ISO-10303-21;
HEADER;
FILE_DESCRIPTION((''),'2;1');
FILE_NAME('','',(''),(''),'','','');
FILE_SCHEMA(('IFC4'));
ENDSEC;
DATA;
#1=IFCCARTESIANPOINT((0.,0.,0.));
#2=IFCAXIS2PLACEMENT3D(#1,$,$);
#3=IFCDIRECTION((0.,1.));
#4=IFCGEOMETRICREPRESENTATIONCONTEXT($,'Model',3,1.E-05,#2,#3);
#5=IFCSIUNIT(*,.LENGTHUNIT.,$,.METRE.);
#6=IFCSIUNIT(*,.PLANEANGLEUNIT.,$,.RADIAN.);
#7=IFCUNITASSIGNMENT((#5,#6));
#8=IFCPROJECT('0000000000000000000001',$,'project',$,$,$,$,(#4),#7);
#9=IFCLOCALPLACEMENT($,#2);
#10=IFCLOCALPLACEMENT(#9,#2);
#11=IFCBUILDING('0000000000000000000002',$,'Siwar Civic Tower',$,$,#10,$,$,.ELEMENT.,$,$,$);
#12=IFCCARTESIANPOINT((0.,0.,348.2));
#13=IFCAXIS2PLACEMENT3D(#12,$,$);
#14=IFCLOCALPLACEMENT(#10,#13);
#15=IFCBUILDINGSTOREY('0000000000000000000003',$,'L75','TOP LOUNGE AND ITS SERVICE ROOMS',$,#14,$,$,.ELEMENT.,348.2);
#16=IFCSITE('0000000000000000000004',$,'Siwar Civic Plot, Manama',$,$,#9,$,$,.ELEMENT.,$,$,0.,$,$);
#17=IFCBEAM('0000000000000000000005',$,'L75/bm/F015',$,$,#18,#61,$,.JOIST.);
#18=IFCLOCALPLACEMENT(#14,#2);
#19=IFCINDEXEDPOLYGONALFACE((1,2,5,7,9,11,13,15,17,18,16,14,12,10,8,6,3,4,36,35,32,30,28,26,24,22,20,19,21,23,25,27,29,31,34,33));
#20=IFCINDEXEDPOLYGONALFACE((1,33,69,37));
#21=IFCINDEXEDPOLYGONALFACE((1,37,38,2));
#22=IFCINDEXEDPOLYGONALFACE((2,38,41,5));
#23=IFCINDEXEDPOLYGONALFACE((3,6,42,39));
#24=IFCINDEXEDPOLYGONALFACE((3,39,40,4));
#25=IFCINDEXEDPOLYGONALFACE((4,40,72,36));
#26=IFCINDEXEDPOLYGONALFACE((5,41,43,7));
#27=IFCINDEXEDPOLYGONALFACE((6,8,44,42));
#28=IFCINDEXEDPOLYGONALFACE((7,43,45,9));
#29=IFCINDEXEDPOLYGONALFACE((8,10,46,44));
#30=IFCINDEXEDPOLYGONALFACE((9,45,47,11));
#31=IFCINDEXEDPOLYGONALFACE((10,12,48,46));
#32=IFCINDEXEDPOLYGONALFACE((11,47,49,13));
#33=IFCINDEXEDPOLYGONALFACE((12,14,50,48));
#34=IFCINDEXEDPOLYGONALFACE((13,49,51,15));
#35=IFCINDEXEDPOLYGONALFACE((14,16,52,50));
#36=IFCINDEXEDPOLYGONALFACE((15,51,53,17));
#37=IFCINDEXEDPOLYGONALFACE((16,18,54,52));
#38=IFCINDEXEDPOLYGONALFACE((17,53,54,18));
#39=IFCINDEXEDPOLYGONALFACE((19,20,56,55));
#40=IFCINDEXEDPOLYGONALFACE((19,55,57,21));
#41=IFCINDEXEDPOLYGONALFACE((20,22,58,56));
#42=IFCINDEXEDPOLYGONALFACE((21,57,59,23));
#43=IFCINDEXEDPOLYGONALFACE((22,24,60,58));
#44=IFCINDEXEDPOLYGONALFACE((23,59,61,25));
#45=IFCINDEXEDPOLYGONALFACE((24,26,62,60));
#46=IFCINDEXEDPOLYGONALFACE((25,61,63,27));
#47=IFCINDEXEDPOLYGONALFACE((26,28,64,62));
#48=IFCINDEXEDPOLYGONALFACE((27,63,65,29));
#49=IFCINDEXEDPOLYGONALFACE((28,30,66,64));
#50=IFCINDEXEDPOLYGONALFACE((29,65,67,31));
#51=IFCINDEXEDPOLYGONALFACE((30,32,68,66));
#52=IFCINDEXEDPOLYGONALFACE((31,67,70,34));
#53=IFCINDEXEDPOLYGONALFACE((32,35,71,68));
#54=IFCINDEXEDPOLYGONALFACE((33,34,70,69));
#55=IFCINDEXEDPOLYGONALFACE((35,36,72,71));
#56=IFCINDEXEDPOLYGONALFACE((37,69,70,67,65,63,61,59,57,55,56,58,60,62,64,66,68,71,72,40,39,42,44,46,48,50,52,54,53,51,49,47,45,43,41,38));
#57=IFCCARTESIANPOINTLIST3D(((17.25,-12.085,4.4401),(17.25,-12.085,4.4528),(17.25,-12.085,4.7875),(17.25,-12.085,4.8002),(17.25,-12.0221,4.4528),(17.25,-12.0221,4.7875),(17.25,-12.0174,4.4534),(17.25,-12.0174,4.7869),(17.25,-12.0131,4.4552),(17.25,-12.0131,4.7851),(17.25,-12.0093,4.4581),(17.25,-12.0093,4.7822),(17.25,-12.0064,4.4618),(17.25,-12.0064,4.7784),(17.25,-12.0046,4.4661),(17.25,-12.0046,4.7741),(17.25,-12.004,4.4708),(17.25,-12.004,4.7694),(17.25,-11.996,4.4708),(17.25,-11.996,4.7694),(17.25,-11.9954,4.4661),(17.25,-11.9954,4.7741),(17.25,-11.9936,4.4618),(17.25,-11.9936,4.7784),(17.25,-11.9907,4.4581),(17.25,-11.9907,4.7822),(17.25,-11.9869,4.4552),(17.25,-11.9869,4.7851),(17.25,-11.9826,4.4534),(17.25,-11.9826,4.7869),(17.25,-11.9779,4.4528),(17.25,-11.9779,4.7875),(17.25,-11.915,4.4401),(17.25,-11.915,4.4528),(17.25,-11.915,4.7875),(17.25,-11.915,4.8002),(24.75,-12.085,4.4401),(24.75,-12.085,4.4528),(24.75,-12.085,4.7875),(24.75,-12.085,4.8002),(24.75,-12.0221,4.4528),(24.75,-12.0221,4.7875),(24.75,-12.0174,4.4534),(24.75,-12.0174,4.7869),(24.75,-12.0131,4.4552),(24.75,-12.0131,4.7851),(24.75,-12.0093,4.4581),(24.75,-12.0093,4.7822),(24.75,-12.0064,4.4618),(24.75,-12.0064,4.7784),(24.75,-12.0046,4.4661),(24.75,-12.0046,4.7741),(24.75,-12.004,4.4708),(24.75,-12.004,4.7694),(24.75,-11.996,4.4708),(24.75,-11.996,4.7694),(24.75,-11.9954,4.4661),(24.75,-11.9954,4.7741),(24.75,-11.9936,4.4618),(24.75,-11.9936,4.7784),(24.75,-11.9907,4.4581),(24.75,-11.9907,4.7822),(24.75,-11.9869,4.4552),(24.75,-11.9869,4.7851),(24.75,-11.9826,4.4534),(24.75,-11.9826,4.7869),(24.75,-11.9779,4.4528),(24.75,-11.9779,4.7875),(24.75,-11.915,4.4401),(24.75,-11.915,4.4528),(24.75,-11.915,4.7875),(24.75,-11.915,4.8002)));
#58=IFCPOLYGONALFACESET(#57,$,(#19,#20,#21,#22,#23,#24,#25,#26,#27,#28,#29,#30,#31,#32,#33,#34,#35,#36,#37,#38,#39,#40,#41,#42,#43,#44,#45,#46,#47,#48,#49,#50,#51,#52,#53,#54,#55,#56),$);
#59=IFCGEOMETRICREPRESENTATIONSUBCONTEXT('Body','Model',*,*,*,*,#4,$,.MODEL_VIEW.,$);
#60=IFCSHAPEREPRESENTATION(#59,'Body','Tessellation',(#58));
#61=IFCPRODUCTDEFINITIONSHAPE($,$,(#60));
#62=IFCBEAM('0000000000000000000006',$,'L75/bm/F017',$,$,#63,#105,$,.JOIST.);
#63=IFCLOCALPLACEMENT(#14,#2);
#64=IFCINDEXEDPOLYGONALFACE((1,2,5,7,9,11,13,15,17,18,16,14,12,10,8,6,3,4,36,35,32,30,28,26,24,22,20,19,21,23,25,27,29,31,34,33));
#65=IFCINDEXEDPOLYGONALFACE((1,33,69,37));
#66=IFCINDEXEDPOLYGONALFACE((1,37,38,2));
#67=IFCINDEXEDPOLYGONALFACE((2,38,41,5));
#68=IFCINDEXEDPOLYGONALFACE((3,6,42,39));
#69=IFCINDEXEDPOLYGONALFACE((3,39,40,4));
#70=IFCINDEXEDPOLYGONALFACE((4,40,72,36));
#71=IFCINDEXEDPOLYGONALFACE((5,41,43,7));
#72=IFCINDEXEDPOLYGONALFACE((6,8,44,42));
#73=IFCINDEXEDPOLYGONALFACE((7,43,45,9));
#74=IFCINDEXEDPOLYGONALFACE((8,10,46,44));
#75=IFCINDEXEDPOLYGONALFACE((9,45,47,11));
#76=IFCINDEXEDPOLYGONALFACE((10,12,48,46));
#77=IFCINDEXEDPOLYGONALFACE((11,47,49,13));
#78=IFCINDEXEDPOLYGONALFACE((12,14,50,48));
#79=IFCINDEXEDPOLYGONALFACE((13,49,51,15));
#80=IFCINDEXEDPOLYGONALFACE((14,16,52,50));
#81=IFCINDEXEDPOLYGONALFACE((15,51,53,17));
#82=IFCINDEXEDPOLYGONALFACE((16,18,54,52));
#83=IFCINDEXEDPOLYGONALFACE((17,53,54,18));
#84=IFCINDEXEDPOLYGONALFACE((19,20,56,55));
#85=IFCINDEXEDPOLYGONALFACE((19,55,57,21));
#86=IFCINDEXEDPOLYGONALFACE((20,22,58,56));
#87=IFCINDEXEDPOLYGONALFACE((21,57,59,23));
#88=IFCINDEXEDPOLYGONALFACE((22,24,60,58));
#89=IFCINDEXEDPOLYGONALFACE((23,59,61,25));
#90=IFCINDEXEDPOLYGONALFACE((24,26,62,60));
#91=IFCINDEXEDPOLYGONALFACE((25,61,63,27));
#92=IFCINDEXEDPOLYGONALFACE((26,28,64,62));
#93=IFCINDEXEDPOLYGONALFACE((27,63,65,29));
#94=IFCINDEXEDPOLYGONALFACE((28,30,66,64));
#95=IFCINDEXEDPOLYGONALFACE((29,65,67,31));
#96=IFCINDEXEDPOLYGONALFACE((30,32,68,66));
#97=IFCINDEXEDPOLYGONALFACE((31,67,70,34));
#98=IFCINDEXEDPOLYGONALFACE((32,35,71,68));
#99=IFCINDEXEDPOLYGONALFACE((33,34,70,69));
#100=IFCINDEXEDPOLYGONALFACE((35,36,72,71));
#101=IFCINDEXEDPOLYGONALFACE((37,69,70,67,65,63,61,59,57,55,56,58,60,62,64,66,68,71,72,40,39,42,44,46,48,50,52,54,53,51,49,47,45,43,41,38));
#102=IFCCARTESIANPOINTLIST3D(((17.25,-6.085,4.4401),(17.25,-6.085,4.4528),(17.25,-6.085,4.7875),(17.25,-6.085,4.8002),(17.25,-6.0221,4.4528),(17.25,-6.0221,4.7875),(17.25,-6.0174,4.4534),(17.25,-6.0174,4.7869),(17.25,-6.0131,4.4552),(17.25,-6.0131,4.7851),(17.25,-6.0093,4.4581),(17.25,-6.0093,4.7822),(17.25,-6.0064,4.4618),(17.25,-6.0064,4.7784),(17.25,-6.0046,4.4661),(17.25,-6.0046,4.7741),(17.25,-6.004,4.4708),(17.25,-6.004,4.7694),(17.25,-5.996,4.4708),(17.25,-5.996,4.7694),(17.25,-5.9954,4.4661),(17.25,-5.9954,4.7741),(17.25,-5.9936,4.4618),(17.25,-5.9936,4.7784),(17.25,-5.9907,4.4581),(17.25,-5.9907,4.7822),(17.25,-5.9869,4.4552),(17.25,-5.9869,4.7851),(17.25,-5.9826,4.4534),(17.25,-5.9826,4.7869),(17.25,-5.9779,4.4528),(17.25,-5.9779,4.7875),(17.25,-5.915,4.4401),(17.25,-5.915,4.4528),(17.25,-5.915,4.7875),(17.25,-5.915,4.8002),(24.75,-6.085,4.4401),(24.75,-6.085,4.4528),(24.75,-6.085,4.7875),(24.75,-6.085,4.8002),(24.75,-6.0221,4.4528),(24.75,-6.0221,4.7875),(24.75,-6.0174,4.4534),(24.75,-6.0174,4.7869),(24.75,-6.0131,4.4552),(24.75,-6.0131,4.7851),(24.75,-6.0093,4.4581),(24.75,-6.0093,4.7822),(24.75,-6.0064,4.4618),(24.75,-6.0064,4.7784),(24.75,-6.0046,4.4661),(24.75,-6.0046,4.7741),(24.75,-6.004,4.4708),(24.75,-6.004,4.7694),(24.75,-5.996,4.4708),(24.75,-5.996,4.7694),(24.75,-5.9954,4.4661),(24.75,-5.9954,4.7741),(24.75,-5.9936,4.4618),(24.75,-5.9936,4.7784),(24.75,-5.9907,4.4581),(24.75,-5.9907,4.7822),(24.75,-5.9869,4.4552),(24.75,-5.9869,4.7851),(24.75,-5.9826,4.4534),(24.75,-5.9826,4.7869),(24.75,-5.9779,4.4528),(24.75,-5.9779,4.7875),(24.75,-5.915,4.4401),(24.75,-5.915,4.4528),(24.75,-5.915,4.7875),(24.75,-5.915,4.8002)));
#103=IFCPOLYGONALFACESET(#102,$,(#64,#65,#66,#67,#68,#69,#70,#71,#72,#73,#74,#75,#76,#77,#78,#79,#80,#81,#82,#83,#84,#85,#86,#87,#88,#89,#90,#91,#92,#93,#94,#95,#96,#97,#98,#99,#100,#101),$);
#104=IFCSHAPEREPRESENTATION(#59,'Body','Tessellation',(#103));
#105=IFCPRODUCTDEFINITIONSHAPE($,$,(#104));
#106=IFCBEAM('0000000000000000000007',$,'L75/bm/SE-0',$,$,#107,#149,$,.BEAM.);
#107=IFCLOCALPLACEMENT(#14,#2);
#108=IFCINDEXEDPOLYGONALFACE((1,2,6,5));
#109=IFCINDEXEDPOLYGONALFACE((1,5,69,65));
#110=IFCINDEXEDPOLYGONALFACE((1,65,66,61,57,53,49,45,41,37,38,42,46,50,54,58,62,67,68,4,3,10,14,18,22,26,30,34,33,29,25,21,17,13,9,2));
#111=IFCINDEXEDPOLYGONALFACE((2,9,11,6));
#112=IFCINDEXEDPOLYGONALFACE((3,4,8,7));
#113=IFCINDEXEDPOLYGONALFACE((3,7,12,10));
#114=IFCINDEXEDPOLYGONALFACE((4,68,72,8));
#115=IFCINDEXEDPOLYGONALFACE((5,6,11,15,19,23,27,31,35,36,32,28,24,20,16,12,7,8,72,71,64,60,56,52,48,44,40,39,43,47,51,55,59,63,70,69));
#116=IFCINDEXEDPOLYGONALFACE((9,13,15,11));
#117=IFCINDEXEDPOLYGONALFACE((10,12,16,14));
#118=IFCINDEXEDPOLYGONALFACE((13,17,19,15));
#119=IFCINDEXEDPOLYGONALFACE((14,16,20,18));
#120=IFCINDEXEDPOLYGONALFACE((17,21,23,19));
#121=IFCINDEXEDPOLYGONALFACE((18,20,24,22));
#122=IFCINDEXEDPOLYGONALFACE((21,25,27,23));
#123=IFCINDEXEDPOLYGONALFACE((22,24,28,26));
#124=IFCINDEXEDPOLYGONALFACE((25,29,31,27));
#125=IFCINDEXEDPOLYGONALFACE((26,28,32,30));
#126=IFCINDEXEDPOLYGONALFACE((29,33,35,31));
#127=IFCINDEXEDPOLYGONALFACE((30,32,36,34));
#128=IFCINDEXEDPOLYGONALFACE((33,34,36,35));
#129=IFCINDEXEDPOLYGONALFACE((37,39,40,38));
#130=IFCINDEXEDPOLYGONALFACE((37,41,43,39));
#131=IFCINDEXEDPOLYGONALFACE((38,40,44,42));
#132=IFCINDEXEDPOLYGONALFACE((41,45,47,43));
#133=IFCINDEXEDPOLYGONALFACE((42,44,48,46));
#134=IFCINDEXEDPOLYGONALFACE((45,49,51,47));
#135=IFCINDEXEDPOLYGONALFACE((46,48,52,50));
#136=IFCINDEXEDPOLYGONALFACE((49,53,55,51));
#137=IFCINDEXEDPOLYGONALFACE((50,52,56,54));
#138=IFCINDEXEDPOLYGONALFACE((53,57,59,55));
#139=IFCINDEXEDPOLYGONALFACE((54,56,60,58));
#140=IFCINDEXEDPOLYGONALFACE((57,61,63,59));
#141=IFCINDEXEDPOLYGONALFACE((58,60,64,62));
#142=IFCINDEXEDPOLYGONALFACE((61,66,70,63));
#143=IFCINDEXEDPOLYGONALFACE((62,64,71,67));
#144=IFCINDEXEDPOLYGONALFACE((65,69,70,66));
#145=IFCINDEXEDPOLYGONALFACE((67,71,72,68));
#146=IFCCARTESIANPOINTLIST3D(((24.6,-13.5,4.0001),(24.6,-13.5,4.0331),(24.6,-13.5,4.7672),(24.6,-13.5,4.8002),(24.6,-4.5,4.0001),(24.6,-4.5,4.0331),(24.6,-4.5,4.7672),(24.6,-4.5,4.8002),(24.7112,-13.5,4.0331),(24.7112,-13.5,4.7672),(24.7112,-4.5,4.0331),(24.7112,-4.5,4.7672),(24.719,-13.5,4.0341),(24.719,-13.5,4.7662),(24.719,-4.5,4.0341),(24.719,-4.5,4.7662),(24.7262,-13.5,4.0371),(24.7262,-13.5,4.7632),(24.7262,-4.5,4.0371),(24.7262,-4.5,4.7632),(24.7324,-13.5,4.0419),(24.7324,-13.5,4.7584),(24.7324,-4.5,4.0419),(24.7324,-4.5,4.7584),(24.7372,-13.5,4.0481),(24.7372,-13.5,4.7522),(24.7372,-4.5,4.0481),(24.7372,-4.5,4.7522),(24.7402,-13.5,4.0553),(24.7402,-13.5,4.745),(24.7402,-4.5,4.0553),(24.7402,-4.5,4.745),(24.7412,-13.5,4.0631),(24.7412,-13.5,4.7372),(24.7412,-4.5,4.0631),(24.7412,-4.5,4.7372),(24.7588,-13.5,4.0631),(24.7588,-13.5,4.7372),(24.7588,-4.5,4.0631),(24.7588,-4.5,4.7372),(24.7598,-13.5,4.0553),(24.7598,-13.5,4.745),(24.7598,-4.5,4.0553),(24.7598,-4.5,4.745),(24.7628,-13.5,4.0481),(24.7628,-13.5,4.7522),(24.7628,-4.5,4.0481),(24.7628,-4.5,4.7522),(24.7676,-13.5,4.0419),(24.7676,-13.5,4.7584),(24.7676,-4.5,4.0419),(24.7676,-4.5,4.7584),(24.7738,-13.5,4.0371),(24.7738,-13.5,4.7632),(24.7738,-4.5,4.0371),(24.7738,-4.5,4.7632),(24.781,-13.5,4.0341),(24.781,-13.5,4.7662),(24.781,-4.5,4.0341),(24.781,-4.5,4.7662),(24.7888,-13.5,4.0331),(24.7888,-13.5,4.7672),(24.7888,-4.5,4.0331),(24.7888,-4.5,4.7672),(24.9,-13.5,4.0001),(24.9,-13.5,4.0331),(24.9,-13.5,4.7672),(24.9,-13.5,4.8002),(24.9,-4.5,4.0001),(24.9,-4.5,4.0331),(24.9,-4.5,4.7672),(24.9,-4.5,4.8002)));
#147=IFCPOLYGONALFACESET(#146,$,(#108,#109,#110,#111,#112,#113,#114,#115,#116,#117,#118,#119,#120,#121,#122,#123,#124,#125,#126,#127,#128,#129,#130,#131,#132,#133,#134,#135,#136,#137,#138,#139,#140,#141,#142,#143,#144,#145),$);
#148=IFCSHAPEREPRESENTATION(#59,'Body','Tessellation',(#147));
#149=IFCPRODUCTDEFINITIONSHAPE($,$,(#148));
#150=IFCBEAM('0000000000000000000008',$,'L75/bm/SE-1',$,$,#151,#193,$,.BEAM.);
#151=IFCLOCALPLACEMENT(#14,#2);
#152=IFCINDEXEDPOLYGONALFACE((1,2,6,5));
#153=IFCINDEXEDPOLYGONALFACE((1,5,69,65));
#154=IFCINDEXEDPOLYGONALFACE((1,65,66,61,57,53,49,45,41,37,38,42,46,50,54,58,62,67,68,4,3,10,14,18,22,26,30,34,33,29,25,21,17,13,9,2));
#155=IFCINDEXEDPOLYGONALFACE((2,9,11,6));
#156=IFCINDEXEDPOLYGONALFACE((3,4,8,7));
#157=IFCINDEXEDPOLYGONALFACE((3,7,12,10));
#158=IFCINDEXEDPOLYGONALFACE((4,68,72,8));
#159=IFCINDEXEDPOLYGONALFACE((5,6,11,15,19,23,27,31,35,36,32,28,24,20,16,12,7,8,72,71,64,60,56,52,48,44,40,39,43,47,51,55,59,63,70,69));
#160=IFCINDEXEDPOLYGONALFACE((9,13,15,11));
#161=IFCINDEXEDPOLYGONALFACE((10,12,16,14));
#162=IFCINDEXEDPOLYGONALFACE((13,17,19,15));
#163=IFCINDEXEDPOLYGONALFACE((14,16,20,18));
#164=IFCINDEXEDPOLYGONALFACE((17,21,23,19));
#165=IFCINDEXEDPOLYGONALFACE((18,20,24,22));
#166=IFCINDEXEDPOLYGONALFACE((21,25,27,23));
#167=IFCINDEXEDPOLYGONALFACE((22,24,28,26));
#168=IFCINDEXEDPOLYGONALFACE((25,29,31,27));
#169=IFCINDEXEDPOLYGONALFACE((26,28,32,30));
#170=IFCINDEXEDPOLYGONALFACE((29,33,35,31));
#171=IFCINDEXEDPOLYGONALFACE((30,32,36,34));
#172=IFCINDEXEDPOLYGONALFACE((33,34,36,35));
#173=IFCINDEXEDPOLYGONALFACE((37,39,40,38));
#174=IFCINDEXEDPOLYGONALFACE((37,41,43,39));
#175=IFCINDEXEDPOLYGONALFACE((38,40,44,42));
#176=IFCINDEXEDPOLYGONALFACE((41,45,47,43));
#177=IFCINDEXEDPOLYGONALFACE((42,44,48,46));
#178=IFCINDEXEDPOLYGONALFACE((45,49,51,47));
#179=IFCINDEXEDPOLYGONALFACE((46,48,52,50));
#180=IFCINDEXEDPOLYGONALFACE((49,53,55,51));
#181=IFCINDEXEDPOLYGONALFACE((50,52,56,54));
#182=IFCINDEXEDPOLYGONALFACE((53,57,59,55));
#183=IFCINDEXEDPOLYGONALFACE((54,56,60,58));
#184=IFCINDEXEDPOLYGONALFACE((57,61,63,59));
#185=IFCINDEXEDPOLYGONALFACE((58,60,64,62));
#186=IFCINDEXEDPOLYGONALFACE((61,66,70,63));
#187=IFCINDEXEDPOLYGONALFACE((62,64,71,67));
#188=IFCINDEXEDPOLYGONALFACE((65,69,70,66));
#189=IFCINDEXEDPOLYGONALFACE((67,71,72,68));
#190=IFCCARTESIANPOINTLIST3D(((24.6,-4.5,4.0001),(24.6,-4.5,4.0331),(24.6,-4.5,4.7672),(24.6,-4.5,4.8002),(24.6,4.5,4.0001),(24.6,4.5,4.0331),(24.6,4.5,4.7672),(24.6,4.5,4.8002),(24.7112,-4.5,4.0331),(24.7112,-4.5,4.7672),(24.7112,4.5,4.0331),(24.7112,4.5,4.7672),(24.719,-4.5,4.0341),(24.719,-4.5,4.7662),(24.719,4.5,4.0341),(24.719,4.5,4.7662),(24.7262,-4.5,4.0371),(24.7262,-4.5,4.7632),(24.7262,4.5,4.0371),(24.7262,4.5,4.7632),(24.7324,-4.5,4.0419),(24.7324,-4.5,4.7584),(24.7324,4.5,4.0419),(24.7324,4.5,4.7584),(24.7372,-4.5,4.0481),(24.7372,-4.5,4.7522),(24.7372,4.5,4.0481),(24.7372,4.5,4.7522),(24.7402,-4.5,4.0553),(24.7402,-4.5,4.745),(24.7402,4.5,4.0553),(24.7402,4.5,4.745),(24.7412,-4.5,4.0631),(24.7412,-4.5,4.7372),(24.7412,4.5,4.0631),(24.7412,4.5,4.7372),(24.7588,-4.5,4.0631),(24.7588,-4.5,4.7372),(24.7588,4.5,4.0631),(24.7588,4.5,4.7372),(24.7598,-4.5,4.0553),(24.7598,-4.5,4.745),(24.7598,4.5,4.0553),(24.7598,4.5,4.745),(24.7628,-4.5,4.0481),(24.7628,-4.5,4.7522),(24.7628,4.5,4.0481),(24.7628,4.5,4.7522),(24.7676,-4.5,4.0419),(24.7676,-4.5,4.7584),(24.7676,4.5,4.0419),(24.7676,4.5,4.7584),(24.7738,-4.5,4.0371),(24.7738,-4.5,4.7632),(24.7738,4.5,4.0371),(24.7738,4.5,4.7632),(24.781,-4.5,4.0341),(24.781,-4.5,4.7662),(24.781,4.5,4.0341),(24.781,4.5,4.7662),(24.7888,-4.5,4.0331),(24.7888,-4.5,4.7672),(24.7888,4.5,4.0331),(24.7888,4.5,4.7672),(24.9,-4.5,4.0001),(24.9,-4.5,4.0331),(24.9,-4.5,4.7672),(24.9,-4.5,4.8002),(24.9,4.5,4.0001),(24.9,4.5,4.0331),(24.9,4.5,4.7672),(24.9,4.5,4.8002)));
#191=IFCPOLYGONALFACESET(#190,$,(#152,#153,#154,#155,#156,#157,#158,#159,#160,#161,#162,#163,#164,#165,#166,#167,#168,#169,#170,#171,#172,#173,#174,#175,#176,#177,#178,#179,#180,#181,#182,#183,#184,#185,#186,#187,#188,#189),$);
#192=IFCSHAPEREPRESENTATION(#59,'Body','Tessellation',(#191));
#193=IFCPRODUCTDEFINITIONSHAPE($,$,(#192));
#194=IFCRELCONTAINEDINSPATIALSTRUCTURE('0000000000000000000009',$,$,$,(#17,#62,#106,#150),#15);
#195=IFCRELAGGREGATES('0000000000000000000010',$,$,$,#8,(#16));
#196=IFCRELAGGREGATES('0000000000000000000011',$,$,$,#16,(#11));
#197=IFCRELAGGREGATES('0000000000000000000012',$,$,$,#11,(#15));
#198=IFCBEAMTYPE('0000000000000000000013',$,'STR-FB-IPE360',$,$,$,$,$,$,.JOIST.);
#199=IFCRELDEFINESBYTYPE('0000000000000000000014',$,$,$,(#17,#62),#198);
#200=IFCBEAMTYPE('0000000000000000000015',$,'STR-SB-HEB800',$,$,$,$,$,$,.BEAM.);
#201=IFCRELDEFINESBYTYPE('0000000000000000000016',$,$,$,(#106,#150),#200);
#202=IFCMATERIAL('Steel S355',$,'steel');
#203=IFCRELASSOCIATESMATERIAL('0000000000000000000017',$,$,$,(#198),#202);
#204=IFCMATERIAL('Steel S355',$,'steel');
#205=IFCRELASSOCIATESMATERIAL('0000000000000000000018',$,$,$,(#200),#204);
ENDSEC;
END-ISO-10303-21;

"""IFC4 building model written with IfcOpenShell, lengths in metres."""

from ifc_helpers import new_model, si_unit, direction, frame, origin, origin_2d, place, context, subcontext, project, spatial, i_section, extrude, material, material_profile, profile_set, type_object, element, save


model = new_model("IFC4")

# Units and contexts
model_context = context("Model", 3, precision=1e-05, world=origin(), true_north=direction((0.0, 1.0)))
body_context = subcontext(model_context, "Body", "Model", "MODEL_VIEW")
ifc_project = project(units=[si_unit("LENGTHUNIT", "METRE"), si_unit("PLANEANGLEUNIT", "RADIAN")], contexts=[model_context])

# Site, building, storey
site_placement = place(None, origin())
site = spatial("IfcSite", under=ifc_project, at=site_placement, Name="Siwar Civic Plot, Manama", CompositionType="ELEMENT", RefElevation=0.0)
building_placement = place(site_placement, origin())
building = spatial("IfcBuilding", under=site, at=building_placement, Name="Siwar Civic Tower", CompositionType="ELEMENT")
storey_placement = place(building_placement, frame((0.0, 0.0, 348.2)))
storey = spatial("IfcBuildingStorey", under=building, at=storey_placement, Name="L75", Description="TOP LOUNGE AND ITS SERVICE ROOMS", CompositionType="ELEMENT", Elevation=348.2)

# Beams
ifc_material_1 = material(Name="Steel S355", Category="steel")
ifc_material_profile_1 = material_profile(ifc_material_1, i_section(OverallWidth=0.1699, OverallDepth=0.3601, WebThickness=0.0081, FlangeThickness=0.0127, FilletRadius=0.0181, at=origin_2d()), Name="IPE360")
ifc_profile_set_1 = profile_set([ifc_material_profile_1], Name="Steel S355")
beam_type_1 = type_object("IfcBeamType", Name="STR-FB-IPE360", PredefinedType="JOIST", material=ifc_profile_set_1)
for number, where, z_axis, x_axis, name in (
    (1, (17.25, -12.0, 4.6201), (1.0, 0.0, 0.0), (0.0, 1.0, 0.0), "L75/bm/F015"),
    (2, (17.25, -6.0, 4.6201), (1.0, 0.0, 0.0), (0.0, 1.0, 0.0), "L75/bm/F017"),
):
    element("IfcBeam", number, at=place(storey_placement, frame(where, z_axis=z_axis, x_axis=x_axis)), inside=storey, type_object=beam_type_1, Name=name, PredefinedType="JOIST", context=body_context, shape_type="SweptSolid", body=[
        extrude(i_section(OverallWidth=0.1699, OverallDepth=0.3601, WebThickness=0.0081, FlangeThickness=0.0127, FilletRadius=0.0181, at=origin_2d()), origin(), (0.0, 0.0, 1.0), 7.5),
    ])
ifc_material_2 = material(Name="Steel S355", Category="steel")
ifc_material_profile_2 = material_profile(ifc_material_2, i_section(OverallWidth=0.3, OverallDepth=0.8, WebThickness=0.0176, FlangeThickness=0.033, FilletRadius=0.03, at=origin_2d()), Name="HEB800")
ifc_profile_set_2 = profile_set([ifc_material_profile_2], Name="Steel S355")
beam_type_2 = type_object("IfcBeamType", Name="STR-SB-HEB800", PredefinedType="BEAM", material=ifc_profile_set_2)
for number, where, z_axis, x_axis, name in (
    (3, (24.75, -13.5, 4.4001), (0.0, 1.0, 0.0), (-1.0, 0.0, 0.0), "L75/bm/SE-0"),
    (4, (24.75, -4.5, 4.4001), (0.0, 1.0, 0.0), (-1.0, 0.0, 0.0), "L75/bm/SE-1"),
):
    element("IfcBeam", number, at=place(storey_placement, frame(where, z_axis=z_axis, x_axis=x_axis)), inside=storey, type_object=beam_type_2, Name=name, PredefinedType="BEAM", context=body_context, shape_type="SweptSolid", body=[
        extrude(i_section(OverallWidth=0.3, OverallDepth=0.8, WebThickness=0.0176, FlangeThickness=0.033, FilletRadius=0.03, at=origin_2d()), origin(), (0.0, 0.0, 1.0), 9.0),
    ])

save(model, "model.ifc")
